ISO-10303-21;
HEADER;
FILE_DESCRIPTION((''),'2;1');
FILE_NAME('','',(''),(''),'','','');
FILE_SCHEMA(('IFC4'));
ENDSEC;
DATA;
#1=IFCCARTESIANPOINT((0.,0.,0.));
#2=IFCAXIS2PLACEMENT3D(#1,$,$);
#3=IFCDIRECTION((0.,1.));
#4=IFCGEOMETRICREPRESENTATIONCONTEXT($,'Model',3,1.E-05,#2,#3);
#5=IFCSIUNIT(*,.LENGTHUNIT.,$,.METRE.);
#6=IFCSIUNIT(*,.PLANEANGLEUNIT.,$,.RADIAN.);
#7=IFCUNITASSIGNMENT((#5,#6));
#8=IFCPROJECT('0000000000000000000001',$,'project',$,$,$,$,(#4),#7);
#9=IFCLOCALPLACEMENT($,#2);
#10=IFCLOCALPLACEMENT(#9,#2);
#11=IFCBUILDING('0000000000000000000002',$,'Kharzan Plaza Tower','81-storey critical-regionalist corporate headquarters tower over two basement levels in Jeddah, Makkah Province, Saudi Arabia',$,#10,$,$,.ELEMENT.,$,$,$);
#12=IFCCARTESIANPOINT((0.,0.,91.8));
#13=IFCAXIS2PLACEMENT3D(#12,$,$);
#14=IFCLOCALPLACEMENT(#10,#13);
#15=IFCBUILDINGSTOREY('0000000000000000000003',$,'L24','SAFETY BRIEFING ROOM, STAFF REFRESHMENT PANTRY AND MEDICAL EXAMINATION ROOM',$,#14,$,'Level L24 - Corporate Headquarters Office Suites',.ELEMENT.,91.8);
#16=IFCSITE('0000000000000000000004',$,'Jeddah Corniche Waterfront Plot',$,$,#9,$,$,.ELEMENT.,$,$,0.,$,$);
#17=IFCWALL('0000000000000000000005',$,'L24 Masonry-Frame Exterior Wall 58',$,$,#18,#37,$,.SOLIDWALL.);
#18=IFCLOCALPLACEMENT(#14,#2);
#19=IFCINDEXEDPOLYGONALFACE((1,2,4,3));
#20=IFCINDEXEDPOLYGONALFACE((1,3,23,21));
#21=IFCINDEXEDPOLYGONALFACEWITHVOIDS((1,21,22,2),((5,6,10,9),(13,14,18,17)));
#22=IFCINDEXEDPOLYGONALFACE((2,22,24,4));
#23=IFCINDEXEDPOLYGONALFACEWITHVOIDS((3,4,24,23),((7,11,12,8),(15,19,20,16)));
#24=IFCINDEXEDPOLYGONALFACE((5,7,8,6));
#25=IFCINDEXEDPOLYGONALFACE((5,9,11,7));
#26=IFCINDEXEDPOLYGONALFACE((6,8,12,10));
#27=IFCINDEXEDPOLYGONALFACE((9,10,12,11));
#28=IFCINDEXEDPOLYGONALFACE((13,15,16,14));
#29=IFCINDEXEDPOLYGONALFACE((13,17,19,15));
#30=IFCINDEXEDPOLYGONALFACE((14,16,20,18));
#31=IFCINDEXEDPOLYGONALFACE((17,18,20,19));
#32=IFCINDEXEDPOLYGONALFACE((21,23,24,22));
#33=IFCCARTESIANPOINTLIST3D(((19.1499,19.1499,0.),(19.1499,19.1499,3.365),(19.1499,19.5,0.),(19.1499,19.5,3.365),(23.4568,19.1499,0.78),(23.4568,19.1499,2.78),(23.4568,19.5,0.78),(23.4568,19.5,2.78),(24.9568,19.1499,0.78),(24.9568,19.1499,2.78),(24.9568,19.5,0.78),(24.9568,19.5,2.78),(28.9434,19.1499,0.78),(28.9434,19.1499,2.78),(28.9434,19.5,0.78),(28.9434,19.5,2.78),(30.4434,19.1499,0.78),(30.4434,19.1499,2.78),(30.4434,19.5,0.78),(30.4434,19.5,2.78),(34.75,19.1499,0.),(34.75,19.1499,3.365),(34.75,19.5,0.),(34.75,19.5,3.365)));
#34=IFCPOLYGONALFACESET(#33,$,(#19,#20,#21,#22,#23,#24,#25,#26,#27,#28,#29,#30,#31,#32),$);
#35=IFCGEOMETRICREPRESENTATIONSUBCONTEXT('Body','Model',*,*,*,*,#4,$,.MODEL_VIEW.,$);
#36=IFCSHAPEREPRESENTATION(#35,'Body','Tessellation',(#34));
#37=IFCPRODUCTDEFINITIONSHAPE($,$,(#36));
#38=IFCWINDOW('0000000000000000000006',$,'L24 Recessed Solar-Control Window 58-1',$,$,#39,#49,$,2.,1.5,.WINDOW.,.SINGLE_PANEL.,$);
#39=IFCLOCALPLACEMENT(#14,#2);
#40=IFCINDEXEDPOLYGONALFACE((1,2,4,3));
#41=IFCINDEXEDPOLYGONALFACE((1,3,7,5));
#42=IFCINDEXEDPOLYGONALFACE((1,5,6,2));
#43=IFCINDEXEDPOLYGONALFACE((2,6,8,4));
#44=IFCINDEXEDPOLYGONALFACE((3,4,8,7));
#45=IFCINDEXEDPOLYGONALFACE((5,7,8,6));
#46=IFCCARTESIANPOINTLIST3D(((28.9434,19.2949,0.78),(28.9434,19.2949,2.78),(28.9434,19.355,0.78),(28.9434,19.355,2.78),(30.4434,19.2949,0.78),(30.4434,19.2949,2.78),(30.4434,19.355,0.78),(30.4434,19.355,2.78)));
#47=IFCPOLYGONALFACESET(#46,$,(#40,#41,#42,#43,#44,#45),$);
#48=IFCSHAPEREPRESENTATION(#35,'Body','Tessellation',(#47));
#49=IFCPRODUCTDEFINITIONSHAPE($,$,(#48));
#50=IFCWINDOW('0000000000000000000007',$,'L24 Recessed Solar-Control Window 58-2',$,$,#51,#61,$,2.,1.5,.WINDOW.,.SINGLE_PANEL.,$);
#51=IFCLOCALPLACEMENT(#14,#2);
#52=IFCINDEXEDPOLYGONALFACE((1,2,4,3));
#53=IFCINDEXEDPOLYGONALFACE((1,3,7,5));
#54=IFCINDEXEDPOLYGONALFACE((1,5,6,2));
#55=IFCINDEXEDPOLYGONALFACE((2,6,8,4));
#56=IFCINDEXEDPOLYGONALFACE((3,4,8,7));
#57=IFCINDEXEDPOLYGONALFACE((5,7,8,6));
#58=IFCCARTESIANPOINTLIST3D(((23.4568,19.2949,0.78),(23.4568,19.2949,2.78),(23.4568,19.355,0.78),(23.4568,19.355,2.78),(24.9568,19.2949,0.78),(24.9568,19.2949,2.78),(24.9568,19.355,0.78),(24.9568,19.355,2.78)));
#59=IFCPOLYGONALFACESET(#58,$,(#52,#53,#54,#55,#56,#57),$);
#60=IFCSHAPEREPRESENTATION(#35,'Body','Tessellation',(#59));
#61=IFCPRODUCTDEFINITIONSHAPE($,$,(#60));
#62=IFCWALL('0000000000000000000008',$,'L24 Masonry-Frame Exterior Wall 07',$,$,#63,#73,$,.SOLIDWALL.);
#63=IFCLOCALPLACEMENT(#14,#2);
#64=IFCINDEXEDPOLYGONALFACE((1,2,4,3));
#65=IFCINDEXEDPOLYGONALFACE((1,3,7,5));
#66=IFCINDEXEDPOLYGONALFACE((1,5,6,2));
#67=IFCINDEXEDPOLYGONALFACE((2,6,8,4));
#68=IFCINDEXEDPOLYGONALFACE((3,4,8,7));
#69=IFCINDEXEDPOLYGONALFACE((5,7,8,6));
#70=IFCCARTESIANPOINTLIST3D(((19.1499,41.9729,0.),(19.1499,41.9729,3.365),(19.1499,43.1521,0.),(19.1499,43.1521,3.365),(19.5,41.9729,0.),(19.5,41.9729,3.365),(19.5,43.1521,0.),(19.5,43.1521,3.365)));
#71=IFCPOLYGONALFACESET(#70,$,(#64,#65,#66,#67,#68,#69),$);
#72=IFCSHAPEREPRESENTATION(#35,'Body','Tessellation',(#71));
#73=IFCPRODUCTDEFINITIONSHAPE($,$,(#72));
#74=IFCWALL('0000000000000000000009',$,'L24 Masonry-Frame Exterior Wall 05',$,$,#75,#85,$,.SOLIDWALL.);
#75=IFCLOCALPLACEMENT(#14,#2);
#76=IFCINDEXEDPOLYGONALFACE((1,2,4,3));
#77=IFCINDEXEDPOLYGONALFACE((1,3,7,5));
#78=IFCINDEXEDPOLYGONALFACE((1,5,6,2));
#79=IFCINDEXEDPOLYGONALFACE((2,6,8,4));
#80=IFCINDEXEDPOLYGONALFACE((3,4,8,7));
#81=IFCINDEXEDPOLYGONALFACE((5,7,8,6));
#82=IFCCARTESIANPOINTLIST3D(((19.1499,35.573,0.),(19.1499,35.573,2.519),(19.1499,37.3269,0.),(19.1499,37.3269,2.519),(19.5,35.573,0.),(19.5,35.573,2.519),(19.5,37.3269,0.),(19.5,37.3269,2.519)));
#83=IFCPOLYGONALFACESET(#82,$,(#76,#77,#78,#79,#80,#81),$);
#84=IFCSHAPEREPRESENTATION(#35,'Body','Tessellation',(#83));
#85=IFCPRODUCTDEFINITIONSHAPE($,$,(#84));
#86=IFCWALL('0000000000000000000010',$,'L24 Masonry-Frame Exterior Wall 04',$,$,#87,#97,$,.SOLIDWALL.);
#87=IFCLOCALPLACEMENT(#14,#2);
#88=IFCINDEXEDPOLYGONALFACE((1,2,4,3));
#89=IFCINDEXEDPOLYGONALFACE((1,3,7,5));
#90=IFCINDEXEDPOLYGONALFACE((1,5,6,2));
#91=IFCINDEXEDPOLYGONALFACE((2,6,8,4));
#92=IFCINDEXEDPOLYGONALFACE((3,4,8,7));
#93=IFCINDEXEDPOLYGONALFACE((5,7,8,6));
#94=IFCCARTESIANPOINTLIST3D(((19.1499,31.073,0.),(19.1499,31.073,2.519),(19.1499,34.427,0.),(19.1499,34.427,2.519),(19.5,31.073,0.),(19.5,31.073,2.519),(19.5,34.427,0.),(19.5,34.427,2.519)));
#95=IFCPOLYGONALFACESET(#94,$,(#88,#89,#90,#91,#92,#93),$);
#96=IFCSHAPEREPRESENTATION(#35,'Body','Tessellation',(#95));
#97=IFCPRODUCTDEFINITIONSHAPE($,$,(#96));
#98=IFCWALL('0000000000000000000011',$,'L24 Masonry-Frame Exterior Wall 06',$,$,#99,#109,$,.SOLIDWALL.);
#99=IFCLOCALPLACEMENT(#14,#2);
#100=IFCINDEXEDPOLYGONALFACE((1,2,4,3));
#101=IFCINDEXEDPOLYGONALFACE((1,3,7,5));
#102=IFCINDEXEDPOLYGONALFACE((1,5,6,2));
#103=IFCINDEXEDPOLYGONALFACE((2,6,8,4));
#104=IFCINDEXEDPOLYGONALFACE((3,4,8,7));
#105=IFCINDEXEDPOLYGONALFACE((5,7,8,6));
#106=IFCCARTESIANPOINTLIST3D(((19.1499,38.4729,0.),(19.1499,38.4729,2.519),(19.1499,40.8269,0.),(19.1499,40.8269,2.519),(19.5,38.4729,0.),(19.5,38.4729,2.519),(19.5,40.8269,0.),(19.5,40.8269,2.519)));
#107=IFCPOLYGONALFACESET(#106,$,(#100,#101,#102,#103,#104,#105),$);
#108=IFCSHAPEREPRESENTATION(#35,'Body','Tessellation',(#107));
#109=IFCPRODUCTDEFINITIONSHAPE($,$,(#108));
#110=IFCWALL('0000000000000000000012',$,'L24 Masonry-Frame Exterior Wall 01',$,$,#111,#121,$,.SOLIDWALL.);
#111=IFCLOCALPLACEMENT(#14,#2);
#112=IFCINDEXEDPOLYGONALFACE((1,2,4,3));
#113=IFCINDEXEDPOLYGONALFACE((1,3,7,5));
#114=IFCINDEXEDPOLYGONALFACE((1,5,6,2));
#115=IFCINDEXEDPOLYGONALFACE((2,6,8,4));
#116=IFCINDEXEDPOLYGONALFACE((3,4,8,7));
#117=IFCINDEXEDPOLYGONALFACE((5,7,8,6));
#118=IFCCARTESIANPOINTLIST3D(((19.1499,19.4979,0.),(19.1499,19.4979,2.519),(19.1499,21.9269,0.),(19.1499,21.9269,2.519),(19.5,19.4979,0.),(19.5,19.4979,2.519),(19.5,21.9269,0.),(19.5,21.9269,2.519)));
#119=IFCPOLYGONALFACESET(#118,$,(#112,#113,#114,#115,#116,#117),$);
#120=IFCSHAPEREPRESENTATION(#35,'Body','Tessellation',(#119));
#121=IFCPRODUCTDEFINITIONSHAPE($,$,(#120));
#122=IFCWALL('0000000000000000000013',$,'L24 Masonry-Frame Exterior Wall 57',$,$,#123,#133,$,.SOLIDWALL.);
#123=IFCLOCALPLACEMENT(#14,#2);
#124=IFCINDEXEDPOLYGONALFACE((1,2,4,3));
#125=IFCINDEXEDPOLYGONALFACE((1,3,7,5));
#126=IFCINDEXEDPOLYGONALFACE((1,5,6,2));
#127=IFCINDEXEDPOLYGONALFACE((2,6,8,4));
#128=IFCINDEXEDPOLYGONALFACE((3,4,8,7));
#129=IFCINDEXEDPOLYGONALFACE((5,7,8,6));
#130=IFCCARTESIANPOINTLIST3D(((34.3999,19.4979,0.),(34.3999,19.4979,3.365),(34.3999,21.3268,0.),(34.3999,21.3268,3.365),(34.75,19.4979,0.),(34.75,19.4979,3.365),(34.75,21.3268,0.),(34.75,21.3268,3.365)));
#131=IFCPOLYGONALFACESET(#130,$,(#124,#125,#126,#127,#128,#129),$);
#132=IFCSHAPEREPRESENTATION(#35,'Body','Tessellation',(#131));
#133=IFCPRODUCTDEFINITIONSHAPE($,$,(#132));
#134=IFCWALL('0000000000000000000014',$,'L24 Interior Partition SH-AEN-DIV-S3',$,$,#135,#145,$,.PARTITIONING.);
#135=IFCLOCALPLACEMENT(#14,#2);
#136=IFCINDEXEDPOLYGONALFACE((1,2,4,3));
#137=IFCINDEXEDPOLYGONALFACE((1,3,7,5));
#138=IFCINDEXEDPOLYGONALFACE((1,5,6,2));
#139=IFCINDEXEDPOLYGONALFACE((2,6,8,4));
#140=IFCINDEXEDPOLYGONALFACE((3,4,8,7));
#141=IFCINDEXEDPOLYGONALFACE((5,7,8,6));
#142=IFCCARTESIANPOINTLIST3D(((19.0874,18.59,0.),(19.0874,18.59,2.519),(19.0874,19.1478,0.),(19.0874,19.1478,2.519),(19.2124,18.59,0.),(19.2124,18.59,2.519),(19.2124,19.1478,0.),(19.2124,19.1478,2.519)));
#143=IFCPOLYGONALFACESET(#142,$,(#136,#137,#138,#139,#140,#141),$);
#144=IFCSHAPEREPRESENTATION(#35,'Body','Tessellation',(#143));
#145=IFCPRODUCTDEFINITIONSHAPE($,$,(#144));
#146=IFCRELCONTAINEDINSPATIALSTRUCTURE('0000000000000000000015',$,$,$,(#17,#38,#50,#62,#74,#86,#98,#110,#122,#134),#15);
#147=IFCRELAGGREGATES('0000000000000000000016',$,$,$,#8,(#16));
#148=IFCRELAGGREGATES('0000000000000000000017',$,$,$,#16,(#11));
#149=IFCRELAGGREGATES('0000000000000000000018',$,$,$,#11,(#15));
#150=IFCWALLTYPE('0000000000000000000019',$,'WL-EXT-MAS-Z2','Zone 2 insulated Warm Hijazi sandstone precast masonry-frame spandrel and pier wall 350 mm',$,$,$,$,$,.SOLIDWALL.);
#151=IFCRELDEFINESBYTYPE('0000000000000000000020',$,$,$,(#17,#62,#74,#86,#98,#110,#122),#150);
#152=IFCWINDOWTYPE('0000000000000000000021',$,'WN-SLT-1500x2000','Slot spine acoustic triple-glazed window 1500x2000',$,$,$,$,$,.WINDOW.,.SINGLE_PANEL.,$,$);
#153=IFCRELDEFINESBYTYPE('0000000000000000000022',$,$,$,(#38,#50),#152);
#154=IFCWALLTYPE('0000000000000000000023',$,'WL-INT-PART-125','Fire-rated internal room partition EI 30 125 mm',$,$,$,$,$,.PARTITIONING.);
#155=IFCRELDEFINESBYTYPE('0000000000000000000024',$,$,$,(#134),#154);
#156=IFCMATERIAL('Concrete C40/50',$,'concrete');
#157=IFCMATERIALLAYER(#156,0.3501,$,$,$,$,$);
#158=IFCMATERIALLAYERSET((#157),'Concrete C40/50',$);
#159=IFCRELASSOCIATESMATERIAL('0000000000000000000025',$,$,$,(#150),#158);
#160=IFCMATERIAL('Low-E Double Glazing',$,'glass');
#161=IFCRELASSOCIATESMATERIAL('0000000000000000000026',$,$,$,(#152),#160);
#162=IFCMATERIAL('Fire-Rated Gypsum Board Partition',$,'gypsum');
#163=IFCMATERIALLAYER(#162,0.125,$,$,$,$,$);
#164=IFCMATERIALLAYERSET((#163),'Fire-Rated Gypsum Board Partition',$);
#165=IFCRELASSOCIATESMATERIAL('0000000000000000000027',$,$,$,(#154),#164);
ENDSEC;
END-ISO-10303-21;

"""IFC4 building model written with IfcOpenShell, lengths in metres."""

from ifc_helpers import new_model, si_unit, direction, frame, frame_2d, origin, place, context, subcontext, project, spatial, rectangle, extrude, source, transform, mapped, material, layer, layer_set, type_object, element, fill, save


model = new_model("IFC4")

# Units and contexts
model_context = context("Model", 3, precision=1e-05, world=origin(), true_north=direction((0.0, 1.0)))
body_context = subcontext(model_context, "Body", "Model", "MODEL_VIEW")
ifc_project = project(units=[si_unit("LENGTHUNIT", "METRE"), si_unit("PLANEANGLEUNIT", "RADIAN")], contexts=[model_context])

# Site, building, storey
site_placement = place(None, origin())
site = spatial("IfcSite", under=ifc_project, at=site_placement, Name="Jeddah Corniche Waterfront Plot", CompositionType="ELEMENT", RefElevation=0.0)
building_placement = place(site_placement, origin())
building = spatial("IfcBuilding", under=site, at=building_placement, Name="Kharzan Plaza Tower", Description="81-storey critical-regionalist corporate headquarters tower over two basement levels in Jeddah, Makkah Province, Saudi Arabia", CompositionType="ELEMENT")
storey_placement = place(building_placement, frame((0.0, 0.0, 91.8)))
storey = spatial("IfcBuildingStorey", under=building, at=storey_placement, Name="L24", Description="SAFETY BRIEFING ROOM, STAFF REFRESHMENT PANTRY AND MEDICAL EXAMINATION ROOM", LongName="Level L24 - Corporate Headquarters Office Suites", CompositionType="ELEMENT", Elevation=91.8)

# Shared definitions
ifc_material_1 = material(Name="Concrete C40/50", Category="concrete")
ifc_layer_1 = layer(ifc_material_1, 0.3501)
ifc_layer_set_1 = layer_set([ifc_layer_1], Name="Concrete C40/50")
wall_type_1 = type_object("IfcWallType", Name="WL-EXT-MAS-Z2", Description="Zone 2 insulated Warm Hijazi sandstone precast masonry-frame spandrel and pier wall 350 mm", PredefinedType="SOLIDWALL", material=ifc_layer_set_1)
ifc_material_2 = material(Name="Low-E Double Glazing", Category="glass")
window_type_1 = type_object("IfcWindowType", Name="WN-SLT-1500x2000", Description="Slot spine acoustic triple-glazed window 1500x2000", PartitioningType="SINGLE_PANEL", PredefinedType="WINDOW", material=ifc_material_2)

# Wall, openings, windows
wall_1_placement = place(storey_placement, frame((34.75, 19.325, 0.0), z_axis=(0.0, 0.0, 1.0), x_axis=(-1.0, 0.0, 0.0)))
wall_1 = element("IfcWall", 1, at=wall_1_placement, inside=storey, type_object=wall_type_1, Name="L24 Masonry-Frame Exterior Wall 58", PredefinedType="SOLIDWALL", context=body_context, shape_type="SweptSolid", body=[
    extrude(rectangle(XDim=15.6001, YDim=0.3501, at=frame_2d((7.8, 0.0))), origin(), (0.0, 0.0, 1.0), 3.365),
])
opening_1_placement = place(wall_1_placement, frame((4.3066, 0.0, 0.78)))
opening_1 = element("IfcOpeningElement", 2, at=opening_1_placement, cuts=wall_1, PredefinedType="OPENING", context=body_context, shape_type="SweptSolid", body=[
    extrude(rectangle(XDim=1.5, YDim=2.0, at=frame_2d((0.75, 1.0))), frame((0.0, 0.1851, 0.0), z_axis=(0.0, -1.0, 0.0), x_axis=(1.0, 0.0, 0.0)), (0.0, 0.0, 1.0), 0.3701),
])
opening_2_placement = place(wall_1_placement, frame((9.7932, 0.0, 0.78)))
opening_2 = element("IfcOpeningElement", 3, at=opening_2_placement, cuts=wall_1, PredefinedType="OPENING", context=body_context, shape_type="SweptSolid", body=[
    extrude(rectangle(XDim=1.5, YDim=2.0, at=frame_2d((0.75, 1.0))), frame((0.0, 0.1851, 0.0), z_axis=(0.0, -1.0, 0.0), x_axis=(1.0, 0.0, 0.0)), (0.0, 0.0, 1.0), 0.3701),
])
shared_shape_1 = source(origin(), body_context, "Body", "SweptSolid", [
    extrude(rectangle(XDim=1.5, YDim=2.0, at=frame_2d((0.75, 1.0))), frame((0.0, 0.03, 0.0), z_axis=(0.0, -1.0, 0.0), x_axis=(1.0, 0.0, 0.0)), (0.0, 0.0, 1.0), 0.0601),
])
window_1_placement = place(opening_1_placement, origin())
window_1 = element("IfcWindow", 4, at=window_1_placement, inside=storey, type_object=window_type_1, Name="L24 Recessed Solar-Control Window 58-1", OverallHeight=2.0, OverallWidth=1.5, PartitioningType="SINGLE_PANEL", PredefinedType="WINDOW", context=body_context, shape_type="MappedRepresentation", body=[
    mapped(shared_shape_1, transform((0.0, 0.0, 0.0), x_axis=(1.0, 0.0, 0.0), y_axis=(0.0, 1.0, 0.0), z_axis=(0.0, 0.0, 1.0))),
])
fill(opening_1, window_1)
window_2_placement = place(opening_2_placement, origin())
window_2 = element("IfcWindow", 5, at=window_2_placement, inside=storey, type_object=window_type_1, Name="L24 Recessed Solar-Control Window 58-2", OverallHeight=2.0, OverallWidth=1.5, PartitioningType="SINGLE_PANEL", PredefinedType="WINDOW", context=body_context, shape_type="MappedRepresentation", body=[
    mapped(shared_shape_1, transform((0.0, 0.0, 0.0), x_axis=(1.0, 0.0, 0.0), y_axis=(0.0, 1.0, 0.0), z_axis=(0.0, 0.0, 1.0))),
])
fill(opening_2, window_2)

# Walls
shared_shape_2 = source(origin(), body_context, "Body", "SweptSolid", [
    extrude(rectangle(XDim=1.1792, YDim=0.3501, at=frame_2d((0.5896, 0.0))), origin(), (0.0, 0.0, 1.0), 3.365),
])
wall_2_placement = place(storey_placement, frame((19.325, 41.9729, 0.0), z_axis=(0.0, 0.0, 1.0), x_axis=(0.0, 1.0, 0.0)))
element("IfcWall", 6, at=wall_2_placement, inside=storey, type_object=wall_type_1, Name="L24 Masonry-Frame Exterior Wall 07", PredefinedType="SOLIDWALL", context=body_context, shape_type="MappedRepresentation", body=[
    mapped(shared_shape_2, transform((0.0, 0.0, 0.0), x_axis=(1.0, 0.0, 0.0), y_axis=(0.0, 1.0, 0.0), z_axis=(0.0, 0.0, 1.0))),
])
shared_shape_3 = source(origin(), body_context, "Body", "SweptSolid", [
    extrude(rectangle(XDim=1.7539, YDim=0.3501, at=frame_2d((0.877, 0.0))), origin(), (0.0, 0.0, 1.0), 2.519),
])
wall_3_placement = place(storey_placement, frame((19.325, 35.573, 0.0), z_axis=(0.0, 0.0, 1.0), x_axis=(0.0, 1.0, 0.0)))
element("IfcWall", 7, at=wall_3_placement, inside=storey, type_object=wall_type_1, Name="L24 Masonry-Frame Exterior Wall 05", PredefinedType="SOLIDWALL", context=body_context, shape_type="MappedRepresentation", body=[
    mapped(shared_shape_3, transform((0.0, 0.0, 0.0), x_axis=(1.0, 0.0, 0.0), y_axis=(0.0, 1.0, 0.0), z_axis=(0.0, 0.0, 1.0))),
])
shared_shape_4 = source(origin(), body_context, "Body", "SweptSolid", [
    extrude(rectangle(XDim=3.354, YDim=0.3501, at=frame_2d((1.677, 0.0))), origin(), (0.0, 0.0, 1.0), 2.519),
])
wall_4_placement = place(storey_placement, frame((19.325, 31.073, 0.0), z_axis=(0.0, 0.0, 1.0), x_axis=(0.0, 1.0, 0.0)))
element("IfcWall", 8, at=wall_4_placement, inside=storey, type_object=wall_type_1, Name="L24 Masonry-Frame Exterior Wall 04", PredefinedType="SOLIDWALL", context=body_context, shape_type="MappedRepresentation", body=[
    mapped(shared_shape_4, transform((0.0, 0.0, 0.0), x_axis=(1.0, 0.0, 0.0), y_axis=(0.0, 1.0, 0.0), z_axis=(0.0, 0.0, 1.0))),
])
shared_shape_5 = source(origin(), body_context, "Body", "SweptSolid", [
    extrude(rectangle(XDim=2.354, YDim=0.3501, at=frame_2d((1.177, 0.0))), origin(), (0.0, 0.0, 1.0), 2.519),
])
wall_5_placement = place(storey_placement, frame((19.325, 38.4729, 0.0), z_axis=(0.0, 0.0, 1.0), x_axis=(0.0, 1.0, 0.0)))
element("IfcWall", 9, at=wall_5_placement, inside=storey, type_object=wall_type_1, Name="L24 Masonry-Frame Exterior Wall 06", PredefinedType="SOLIDWALL", context=body_context, shape_type="MappedRepresentation", body=[
    mapped(shared_shape_5, transform((0.0, 0.0, 0.0), x_axis=(1.0, 0.0, 0.0), y_axis=(0.0, 1.0, 0.0), z_axis=(0.0, 0.0, 1.0))),
])
shared_shape_6 = source(origin(), body_context, "Body", "SweptSolid", [
    extrude(rectangle(XDim=2.429, YDim=0.3501, at=frame_2d((1.2144, 0.0))), origin(), (0.0, 0.0, 1.0), 2.519),
])
wall_6_placement = place(storey_placement, frame((19.325, 19.498, 0.0), z_axis=(0.0, 0.0, 1.0), x_axis=(0.0, 1.0, 0.0)))
element("IfcWall", 10, at=wall_6_placement, inside=storey, type_object=wall_type_1, Name="L24 Masonry-Frame Exterior Wall 01", PredefinedType="SOLIDWALL", context=body_context, shape_type="MappedRepresentation", body=[
    mapped(shared_shape_6, transform((0.0, 0.0, 0.0), x_axis=(1.0, 0.0, 0.0), y_axis=(0.0, 1.0, 0.0), z_axis=(0.0, 0.0, 1.0))),
])
shared_shape_7 = source(origin(), body_context, "Body", "SweptSolid", [
    extrude(rectangle(XDim=1.8289, YDim=0.3501, at=frame_2d((0.9146, 0.0))), origin(), (0.0, 0.0, 1.0), 3.365),
])
wall_7_placement = place(storey_placement, frame((34.575, 21.3269, 0.0), z_axis=(0.0, 0.0, 1.0), x_axis=(0.0, -1.0, 0.0)))
element("IfcWall", 11, at=wall_7_placement, inside=storey, type_object=wall_type_1, Name="L24 Masonry-Frame Exterior Wall 57", PredefinedType="SOLIDWALL", context=body_context, shape_type="MappedRepresentation", body=[
    mapped(shared_shape_7, transform((0.0, 0.0, 0.0), x_axis=(1.0, 0.0, 0.0), y_axis=(0.0, 1.0, 0.0), z_axis=(0.0, 0.0, 1.0))),
])
ifc_material_3 = material(Name="Fire-Rated Gypsum Board Partition", Category="gypsum")
ifc_layer_2 = layer(ifc_material_3, 0.125)
ifc_layer_set_2 = layer_set([ifc_layer_2], Name="Fire-Rated Gypsum Board Partition")
wall_type_2 = type_object("IfcWallType", Name="WL-INT-PART-125", Description="Fire-rated internal room partition EI 30 125 mm", PredefinedType="PARTITIONING", material=ifc_layer_set_2)
shared_shape_8 = source(origin(), body_context, "Body", "SweptSolid", [
    extrude(rectangle(XDim=0.5579, YDim=0.125, at=frame_2d((0.2788, 0.0))), origin(), (0.0, 0.0, 1.0), 2.519),
])
wall_8_placement = place(storey_placement, frame((19.1499, 18.5901, 0.0), z_axis=(0.0, 0.0, 1.0), x_axis=(0.0, 1.0, 0.0)))
element("IfcWall", 12, at=wall_8_placement, inside=storey, type_object=wall_type_2, Name="L24 Interior Partition SH-AEN-DIV-S3", PredefinedType="PARTITIONING", context=body_context, shape_type="MappedRepresentation", body=[
    mapped(shared_shape_8, transform((0.0, 0.0, 0.0), x_axis=(1.0, 0.0, 0.0), y_axis=(0.0, 1.0, 0.0), z_axis=(0.0, 0.0, 1.0))),
])

save(model, "model.ifc")
